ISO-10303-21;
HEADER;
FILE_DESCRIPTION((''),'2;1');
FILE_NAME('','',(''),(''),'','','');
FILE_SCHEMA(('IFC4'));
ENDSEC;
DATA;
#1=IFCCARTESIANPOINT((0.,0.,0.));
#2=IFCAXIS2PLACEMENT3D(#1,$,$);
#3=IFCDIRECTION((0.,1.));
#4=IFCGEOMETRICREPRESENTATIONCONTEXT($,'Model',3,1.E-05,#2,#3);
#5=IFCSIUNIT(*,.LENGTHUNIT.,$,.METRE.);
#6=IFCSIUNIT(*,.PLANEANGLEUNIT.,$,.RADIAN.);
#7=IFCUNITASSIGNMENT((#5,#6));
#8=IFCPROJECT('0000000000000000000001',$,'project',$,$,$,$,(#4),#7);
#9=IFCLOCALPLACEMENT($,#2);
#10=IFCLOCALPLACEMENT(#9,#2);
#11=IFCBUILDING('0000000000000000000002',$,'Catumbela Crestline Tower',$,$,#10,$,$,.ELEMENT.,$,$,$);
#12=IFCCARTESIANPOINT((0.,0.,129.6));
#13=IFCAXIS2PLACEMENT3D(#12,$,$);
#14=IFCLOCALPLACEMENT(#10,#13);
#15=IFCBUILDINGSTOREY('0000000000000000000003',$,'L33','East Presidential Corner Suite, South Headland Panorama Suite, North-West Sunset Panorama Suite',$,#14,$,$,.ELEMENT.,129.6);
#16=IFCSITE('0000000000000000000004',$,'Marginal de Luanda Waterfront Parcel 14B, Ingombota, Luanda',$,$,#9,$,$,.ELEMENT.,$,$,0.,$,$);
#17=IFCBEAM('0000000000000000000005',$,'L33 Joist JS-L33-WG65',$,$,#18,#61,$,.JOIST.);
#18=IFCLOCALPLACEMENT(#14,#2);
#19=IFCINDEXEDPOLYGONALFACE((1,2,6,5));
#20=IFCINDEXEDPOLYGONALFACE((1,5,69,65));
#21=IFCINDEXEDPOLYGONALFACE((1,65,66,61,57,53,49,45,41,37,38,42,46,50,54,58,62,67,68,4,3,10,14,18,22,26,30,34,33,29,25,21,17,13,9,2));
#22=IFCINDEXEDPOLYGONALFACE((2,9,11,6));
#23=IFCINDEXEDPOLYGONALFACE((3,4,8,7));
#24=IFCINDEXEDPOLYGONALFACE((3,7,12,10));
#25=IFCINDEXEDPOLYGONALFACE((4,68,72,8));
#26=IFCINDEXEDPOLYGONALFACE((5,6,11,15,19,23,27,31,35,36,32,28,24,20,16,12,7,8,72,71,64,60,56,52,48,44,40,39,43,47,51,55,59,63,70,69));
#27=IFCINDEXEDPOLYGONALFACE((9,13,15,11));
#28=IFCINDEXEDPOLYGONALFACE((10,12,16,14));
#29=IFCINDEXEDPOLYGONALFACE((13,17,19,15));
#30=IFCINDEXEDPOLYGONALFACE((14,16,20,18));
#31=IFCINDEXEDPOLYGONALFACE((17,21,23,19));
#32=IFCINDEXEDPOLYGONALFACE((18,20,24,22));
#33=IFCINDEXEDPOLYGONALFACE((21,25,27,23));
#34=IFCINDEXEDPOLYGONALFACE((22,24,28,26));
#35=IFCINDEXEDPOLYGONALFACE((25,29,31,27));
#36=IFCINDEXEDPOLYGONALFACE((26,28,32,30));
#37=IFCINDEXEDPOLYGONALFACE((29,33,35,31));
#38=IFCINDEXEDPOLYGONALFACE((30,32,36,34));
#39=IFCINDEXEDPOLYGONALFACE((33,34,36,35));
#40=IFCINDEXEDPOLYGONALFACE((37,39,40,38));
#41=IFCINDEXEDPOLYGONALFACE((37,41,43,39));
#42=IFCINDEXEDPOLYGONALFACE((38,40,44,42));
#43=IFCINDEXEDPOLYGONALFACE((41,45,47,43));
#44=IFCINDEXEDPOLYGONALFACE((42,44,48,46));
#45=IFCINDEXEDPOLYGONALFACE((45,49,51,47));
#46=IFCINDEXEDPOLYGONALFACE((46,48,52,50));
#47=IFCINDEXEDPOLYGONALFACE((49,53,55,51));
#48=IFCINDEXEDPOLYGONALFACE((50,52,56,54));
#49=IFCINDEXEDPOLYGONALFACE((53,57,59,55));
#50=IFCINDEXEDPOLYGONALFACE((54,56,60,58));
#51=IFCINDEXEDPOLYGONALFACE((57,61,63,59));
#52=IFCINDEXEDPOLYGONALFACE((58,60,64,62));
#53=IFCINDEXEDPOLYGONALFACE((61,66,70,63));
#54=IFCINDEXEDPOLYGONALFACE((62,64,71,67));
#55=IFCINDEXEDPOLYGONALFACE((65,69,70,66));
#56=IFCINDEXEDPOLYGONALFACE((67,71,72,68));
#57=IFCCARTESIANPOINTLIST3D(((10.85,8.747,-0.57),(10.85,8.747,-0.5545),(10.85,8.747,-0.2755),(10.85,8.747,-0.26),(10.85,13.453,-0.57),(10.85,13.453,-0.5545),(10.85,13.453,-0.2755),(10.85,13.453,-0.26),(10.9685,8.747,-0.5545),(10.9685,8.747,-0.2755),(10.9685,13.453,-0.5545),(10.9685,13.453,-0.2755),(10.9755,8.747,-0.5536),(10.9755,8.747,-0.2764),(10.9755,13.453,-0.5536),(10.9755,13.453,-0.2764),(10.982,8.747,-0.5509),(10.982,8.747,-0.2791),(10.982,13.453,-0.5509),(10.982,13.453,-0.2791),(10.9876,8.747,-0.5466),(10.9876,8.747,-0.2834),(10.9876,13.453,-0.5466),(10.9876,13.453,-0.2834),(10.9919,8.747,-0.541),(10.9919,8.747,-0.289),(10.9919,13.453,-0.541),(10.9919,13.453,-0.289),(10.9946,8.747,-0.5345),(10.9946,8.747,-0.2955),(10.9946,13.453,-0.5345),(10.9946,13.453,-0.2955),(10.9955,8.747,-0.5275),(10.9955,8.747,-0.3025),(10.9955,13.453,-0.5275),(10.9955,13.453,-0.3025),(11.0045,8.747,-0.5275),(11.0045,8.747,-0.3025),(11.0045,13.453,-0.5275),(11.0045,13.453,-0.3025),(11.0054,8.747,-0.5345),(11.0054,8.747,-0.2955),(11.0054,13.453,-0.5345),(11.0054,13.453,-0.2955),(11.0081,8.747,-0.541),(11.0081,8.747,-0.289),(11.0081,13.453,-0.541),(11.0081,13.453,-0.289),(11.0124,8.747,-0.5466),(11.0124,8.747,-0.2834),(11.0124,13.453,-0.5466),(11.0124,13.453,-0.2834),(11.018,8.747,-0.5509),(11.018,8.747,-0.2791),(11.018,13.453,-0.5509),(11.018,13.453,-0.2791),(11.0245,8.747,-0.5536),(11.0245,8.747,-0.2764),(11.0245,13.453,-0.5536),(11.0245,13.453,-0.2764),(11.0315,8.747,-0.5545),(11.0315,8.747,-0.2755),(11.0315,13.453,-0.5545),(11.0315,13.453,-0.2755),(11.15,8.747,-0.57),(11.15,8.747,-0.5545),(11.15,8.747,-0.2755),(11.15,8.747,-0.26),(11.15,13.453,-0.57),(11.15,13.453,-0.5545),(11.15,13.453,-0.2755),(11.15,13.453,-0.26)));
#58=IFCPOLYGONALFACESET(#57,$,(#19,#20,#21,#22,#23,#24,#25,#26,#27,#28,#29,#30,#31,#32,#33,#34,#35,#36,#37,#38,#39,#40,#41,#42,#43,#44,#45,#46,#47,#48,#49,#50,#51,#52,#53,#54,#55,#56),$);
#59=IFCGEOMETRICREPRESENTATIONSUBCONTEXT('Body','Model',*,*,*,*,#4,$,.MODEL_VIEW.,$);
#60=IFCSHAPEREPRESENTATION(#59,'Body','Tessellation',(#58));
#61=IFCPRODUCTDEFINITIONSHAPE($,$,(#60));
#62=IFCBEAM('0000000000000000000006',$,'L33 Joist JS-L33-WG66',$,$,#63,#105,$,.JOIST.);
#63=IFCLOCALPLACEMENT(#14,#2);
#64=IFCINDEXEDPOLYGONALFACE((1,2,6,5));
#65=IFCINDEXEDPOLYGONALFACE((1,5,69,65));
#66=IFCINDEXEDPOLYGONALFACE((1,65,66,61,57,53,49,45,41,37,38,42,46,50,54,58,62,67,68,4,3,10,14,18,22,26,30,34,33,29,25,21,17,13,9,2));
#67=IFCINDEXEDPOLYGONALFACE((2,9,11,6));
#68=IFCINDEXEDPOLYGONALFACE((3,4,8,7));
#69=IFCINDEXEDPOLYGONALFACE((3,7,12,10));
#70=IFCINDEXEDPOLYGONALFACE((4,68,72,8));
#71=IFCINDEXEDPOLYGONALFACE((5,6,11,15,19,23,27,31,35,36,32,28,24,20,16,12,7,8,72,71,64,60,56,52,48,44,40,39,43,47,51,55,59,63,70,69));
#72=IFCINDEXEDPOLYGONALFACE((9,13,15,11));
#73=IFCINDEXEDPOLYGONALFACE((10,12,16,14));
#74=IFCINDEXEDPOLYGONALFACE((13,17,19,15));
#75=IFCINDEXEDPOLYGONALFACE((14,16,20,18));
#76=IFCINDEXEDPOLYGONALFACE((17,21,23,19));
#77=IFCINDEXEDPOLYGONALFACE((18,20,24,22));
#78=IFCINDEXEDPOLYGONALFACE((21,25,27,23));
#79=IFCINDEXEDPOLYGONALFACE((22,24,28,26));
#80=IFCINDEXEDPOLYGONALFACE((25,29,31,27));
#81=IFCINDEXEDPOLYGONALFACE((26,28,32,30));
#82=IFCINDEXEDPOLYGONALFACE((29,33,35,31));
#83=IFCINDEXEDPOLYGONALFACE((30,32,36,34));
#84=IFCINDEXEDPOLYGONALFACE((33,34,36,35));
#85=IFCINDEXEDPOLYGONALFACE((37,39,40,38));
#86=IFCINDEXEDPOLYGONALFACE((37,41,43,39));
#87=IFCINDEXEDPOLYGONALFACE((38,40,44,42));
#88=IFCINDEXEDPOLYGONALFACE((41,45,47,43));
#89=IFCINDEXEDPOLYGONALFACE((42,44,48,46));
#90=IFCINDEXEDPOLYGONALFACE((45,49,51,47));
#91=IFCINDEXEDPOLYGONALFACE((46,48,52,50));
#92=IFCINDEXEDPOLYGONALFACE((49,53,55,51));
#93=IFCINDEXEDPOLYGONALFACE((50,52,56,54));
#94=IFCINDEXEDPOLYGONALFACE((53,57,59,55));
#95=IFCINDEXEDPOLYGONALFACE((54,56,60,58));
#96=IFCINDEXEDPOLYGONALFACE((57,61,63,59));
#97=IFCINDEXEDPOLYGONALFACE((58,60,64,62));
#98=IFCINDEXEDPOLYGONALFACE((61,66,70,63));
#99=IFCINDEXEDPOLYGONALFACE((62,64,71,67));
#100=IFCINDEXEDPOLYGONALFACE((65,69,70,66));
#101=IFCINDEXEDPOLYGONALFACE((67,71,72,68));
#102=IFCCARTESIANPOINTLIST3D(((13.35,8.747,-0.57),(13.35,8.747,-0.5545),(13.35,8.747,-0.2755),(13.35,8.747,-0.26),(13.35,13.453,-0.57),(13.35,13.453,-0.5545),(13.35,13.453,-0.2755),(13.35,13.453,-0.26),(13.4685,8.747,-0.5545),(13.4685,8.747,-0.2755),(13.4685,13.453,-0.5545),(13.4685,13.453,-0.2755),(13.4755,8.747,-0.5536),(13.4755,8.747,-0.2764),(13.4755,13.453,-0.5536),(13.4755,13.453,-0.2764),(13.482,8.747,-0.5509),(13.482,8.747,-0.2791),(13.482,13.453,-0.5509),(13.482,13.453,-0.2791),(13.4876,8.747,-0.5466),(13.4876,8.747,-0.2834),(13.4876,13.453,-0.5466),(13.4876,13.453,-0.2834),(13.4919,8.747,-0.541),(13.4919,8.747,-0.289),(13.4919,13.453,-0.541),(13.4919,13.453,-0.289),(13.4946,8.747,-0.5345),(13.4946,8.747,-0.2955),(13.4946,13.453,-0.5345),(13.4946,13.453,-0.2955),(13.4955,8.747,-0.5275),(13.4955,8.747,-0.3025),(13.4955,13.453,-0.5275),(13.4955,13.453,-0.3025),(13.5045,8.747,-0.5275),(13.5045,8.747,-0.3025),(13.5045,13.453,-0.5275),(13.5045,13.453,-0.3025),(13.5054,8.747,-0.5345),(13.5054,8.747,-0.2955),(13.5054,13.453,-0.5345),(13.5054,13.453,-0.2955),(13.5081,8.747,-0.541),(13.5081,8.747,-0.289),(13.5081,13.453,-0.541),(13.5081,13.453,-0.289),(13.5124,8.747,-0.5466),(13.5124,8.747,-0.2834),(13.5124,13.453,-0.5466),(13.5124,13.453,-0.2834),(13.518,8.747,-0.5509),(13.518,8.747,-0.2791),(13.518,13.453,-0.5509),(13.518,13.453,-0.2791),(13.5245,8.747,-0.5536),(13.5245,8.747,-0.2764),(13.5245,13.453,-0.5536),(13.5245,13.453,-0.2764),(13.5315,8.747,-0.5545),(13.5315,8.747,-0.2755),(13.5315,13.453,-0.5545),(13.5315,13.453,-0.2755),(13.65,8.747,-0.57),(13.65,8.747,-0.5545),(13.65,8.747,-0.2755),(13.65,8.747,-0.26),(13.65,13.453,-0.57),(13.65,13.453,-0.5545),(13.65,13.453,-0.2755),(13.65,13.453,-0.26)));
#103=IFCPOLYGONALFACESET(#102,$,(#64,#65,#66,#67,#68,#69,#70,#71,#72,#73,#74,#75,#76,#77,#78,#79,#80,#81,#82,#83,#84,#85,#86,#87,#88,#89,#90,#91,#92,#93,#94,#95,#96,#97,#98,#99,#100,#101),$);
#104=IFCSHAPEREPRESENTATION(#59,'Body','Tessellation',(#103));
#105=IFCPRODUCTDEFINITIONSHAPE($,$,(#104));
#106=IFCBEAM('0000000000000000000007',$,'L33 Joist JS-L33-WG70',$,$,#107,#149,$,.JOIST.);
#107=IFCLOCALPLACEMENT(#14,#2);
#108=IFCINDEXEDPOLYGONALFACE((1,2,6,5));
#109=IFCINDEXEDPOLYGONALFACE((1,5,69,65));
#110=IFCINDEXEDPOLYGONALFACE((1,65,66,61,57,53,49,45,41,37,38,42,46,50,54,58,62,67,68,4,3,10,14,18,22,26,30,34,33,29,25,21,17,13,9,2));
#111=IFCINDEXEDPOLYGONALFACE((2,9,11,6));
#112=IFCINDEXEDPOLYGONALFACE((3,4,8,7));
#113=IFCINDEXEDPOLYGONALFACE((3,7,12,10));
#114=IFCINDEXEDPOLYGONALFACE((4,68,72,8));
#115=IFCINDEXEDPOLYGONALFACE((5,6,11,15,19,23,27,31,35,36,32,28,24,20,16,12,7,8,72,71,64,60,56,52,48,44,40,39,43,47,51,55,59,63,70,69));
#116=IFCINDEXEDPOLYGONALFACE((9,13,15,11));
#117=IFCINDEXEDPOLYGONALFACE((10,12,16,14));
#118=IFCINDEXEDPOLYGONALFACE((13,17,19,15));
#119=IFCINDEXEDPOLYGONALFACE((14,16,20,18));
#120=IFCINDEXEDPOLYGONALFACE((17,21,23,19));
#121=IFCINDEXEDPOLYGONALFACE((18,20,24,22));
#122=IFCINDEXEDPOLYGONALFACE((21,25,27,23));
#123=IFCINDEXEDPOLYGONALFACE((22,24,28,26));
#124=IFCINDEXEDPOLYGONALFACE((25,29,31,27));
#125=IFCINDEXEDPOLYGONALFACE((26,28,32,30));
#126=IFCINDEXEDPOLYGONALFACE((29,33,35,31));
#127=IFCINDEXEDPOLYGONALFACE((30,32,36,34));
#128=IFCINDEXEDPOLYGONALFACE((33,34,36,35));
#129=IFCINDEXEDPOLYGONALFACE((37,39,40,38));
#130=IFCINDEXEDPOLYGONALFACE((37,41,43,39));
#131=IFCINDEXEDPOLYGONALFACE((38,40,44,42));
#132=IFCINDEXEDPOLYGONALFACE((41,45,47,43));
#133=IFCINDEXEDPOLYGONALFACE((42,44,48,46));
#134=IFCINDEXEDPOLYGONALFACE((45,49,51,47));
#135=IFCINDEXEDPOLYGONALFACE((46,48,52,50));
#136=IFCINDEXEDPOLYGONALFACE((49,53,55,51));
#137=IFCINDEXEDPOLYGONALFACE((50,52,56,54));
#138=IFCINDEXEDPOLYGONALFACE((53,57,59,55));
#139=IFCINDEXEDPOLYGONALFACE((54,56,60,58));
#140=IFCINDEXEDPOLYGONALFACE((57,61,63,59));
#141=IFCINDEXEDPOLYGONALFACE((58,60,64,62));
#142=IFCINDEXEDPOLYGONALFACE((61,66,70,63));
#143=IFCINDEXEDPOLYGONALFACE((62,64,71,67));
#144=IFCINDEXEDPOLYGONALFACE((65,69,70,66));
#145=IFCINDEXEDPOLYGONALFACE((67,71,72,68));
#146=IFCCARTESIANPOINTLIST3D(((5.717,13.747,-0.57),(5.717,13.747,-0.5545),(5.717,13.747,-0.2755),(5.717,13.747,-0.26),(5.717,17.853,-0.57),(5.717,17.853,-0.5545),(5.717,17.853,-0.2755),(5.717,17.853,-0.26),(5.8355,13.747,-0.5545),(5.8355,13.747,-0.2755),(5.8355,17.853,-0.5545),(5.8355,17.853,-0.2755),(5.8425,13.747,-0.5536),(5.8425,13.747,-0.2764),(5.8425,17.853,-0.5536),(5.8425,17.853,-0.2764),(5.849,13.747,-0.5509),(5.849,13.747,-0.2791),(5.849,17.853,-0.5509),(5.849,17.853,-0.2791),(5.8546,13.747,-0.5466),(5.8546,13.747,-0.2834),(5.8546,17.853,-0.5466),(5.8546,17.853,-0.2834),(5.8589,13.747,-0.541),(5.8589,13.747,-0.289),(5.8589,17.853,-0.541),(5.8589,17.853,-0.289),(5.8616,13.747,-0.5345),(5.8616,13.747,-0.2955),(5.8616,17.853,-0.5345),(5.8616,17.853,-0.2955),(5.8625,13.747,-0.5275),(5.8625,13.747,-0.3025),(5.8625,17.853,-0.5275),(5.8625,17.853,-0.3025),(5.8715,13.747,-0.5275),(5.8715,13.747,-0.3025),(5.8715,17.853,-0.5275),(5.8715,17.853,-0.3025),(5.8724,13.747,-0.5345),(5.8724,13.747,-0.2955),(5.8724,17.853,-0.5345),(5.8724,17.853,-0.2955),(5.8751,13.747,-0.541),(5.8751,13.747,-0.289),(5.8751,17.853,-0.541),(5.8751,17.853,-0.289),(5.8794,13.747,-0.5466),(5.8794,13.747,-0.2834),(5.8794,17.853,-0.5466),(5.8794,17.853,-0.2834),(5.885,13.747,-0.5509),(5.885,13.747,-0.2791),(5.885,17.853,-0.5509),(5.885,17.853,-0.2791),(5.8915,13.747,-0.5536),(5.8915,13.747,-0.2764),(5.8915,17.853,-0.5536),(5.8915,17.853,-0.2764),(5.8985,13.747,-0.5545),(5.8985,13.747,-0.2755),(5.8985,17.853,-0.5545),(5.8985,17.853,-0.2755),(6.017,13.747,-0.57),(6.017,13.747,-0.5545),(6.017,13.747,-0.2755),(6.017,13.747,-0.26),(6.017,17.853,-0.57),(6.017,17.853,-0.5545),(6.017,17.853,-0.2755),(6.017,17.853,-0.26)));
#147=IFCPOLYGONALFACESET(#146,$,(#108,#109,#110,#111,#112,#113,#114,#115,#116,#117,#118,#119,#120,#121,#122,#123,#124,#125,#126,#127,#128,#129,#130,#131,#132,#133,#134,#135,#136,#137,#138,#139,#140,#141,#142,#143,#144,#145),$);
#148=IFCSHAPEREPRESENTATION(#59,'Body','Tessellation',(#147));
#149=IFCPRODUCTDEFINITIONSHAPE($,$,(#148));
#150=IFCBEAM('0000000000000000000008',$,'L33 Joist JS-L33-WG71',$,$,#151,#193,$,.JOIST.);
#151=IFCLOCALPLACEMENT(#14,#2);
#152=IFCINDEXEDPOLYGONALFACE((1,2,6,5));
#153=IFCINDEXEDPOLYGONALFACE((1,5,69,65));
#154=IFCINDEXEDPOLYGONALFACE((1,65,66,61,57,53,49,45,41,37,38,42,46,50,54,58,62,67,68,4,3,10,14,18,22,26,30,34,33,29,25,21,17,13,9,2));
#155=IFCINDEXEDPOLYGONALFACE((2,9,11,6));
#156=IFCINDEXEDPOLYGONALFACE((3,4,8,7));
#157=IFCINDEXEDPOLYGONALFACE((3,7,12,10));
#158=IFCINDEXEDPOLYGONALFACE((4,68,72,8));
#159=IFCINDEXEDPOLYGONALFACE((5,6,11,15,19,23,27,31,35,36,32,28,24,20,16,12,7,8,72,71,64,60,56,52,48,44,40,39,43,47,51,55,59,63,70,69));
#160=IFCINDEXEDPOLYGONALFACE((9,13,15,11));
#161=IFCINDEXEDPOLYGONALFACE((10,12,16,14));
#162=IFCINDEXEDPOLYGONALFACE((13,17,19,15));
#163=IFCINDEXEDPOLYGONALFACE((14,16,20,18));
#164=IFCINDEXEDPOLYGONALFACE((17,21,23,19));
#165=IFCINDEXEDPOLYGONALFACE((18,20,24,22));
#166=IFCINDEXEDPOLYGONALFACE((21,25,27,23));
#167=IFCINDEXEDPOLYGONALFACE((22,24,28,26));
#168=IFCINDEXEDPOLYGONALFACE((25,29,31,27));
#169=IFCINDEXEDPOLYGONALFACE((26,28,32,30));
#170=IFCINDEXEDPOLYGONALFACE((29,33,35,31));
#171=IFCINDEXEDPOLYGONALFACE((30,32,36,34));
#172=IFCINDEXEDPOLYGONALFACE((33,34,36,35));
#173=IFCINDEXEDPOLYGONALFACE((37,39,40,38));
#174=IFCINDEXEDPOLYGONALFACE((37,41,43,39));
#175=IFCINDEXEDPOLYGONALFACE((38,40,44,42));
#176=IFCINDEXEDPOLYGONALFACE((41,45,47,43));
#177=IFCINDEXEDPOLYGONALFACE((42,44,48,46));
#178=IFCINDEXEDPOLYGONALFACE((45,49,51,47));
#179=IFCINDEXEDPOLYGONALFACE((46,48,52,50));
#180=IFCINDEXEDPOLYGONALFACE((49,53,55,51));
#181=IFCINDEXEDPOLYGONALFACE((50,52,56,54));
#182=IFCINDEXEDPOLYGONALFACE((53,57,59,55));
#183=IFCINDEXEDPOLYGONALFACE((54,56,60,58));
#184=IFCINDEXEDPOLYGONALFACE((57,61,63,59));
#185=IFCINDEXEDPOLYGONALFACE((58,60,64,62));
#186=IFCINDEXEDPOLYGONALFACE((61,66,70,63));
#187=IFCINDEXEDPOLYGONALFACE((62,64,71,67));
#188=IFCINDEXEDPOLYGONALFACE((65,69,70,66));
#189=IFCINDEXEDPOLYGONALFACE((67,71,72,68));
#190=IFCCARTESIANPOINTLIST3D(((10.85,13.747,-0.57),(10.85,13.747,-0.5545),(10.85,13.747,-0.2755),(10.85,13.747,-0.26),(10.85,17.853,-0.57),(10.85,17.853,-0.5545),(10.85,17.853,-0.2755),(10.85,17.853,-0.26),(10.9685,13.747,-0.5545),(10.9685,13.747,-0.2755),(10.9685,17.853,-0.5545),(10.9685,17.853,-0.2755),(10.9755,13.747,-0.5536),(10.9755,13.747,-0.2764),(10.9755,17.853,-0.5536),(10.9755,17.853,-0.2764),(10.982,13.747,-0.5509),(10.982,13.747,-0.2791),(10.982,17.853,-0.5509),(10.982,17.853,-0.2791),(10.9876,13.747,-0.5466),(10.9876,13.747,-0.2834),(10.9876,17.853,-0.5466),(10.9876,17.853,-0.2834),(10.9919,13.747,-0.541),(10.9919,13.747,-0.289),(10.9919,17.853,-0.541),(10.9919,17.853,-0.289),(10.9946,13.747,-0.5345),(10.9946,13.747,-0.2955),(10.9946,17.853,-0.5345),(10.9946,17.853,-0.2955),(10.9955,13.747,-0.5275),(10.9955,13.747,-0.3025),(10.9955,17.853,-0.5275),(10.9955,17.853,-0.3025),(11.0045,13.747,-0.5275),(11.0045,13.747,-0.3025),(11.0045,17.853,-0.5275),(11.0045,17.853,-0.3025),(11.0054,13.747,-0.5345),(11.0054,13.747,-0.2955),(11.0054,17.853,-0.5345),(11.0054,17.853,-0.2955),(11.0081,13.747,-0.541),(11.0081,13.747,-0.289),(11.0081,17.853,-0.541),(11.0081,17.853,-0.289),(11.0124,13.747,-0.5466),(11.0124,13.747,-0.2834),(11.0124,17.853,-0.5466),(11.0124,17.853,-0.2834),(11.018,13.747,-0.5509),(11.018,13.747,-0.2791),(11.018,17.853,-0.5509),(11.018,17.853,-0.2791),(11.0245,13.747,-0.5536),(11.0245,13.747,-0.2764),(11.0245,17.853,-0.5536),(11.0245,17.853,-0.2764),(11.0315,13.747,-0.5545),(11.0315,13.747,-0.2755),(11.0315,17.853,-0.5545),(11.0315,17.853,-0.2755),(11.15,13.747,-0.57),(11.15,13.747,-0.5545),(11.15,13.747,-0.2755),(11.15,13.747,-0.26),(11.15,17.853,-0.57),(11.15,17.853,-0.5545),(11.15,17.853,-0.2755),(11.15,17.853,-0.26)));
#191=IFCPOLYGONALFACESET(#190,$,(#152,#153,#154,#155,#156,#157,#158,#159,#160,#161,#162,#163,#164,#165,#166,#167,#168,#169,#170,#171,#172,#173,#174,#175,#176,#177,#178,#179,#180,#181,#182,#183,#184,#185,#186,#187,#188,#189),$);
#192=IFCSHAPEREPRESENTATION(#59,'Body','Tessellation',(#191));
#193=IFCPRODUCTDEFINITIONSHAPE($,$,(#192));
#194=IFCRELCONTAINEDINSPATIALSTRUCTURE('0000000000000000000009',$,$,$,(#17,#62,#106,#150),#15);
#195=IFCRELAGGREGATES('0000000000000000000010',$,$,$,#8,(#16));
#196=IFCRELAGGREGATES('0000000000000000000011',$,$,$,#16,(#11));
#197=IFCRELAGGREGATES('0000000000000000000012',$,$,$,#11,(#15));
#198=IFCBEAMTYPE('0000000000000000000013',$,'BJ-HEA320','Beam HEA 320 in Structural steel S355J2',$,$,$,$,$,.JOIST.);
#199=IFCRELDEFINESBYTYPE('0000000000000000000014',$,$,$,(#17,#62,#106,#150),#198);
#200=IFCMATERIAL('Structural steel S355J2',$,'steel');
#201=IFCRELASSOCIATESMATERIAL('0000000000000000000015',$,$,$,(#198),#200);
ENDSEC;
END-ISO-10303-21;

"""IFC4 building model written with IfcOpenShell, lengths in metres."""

from ifc_helpers import new_model, si_unit, direction, frame, origin, origin_2d, place, context, subcontext, project, spatial, i_section, extrude, material, material_profile, profile_set, type_object, element, save


model = new_model("IFC4")

# Units and contexts
model_context = context("Model", 3, precision=1e-05, world=origin(), true_north=direction((0.0, 1.0)))
body_context = subcontext(model_context, "Body", "Model", "MODEL_VIEW")
ifc_project = project(units=[si_unit("LENGTHUNIT", "METRE"), si_unit("PLANEANGLEUNIT", "RADIAN")], contexts=[model_context])

# Site, building, storey
site_placement = place(None, origin())
site = spatial("IfcSite", under=ifc_project, at=site_placement, Name="Marginal de Luanda Waterfront Parcel 14B, Ingombota, Luanda", CompositionType="ELEMENT", RefElevation=0.0)
building_placement = place(site_placement, origin())
building = spatial("IfcBuilding", under=site, at=building_placement, Name="Catumbela Crestline Tower", CompositionType="ELEMENT")
storey_placement = place(building_placement, frame((0.0, 0.0, 129.6)))
storey = spatial("IfcBuildingStorey", under=building, at=storey_placement, Name="L33", Description="East Presidential Corner Suite, South Headland Panorama Suite, North-West Sunset Panorama Suite", CompositionType="ELEMENT", Elevation=129.6)

# Beams
ifc_material_1 = material(Name="Structural steel S355J2", Category="steel")
ifc_material_profile_1 = material_profile(ifc_material_1, i_section(OverallWidth=0.3, OverallDepth=0.31, WebThickness=0.009, FlangeThickness=0.0155, FilletRadius=0.027, at=origin_2d()), Name="HEA 320")
ifc_profile_set_1 = profile_set([ifc_material_profile_1], Name="Structural steel S355J2")
beam_type_1 = type_object("IfcBeamType", Name="BJ-HEA320", Description="Beam HEA 320 in Structural steel S355J2", PredefinedType="JOIST", material=ifc_profile_set_1)
for number, where, z_axis, x_axis, name in (
    (1, (11.0, 8.747, -0.415), (0.0, 1.0, 0.0), (-1.0, 0.0, 0.0), "L33 Joist JS-L33-WG65"),
    (2, (13.5, 8.747, -0.415), (0.0, 1.0, 0.0), (-1.0, 0.0, 0.0), "L33 Joist JS-L33-WG66"),
):
    element("IfcBeam", number, at=place(storey_placement, frame(where, z_axis=z_axis, x_axis=x_axis)), inside=storey, type_object=beam_type_1, Name=name, PredefinedType="JOIST", context=body_context, shape_type="SweptSolid", body=[
        extrude(i_section(OverallWidth=0.3, OverallDepth=0.31, WebThickness=0.009, FlangeThickness=0.0155, FilletRadius=0.027, at=origin_2d()), origin(), (0.0, 0.0, 1.0), 4.706),
    ])
for number, where, z_axis, x_axis, name in (
    (3, (5.867, 13.747, -0.415), (0.0, 1.0, 0.0), (-1.0, 0.0, 0.0), "L33 Joist JS-L33-WG70"),
    (4, (11.0, 13.747, -0.415), (0.0, 1.0, 0.0), (-1.0, 0.0, 0.0), "L33 Joist JS-L33-WG71"),
):
    element("IfcBeam", number, at=place(storey_placement, frame(where, z_axis=z_axis, x_axis=x_axis)), inside=storey, type_object=beam_type_1, Name=name, PredefinedType="JOIST", context=body_context, shape_type="SweptSolid", body=[
        extrude(i_section(OverallWidth=0.3, OverallDepth=0.31, WebThickness=0.009, FlangeThickness=0.0155, FilletRadius=0.027, at=origin_2d()), origin(), (0.0, 0.0, 1.0), 4.106),
    ])

save(model, "model.ifc")
